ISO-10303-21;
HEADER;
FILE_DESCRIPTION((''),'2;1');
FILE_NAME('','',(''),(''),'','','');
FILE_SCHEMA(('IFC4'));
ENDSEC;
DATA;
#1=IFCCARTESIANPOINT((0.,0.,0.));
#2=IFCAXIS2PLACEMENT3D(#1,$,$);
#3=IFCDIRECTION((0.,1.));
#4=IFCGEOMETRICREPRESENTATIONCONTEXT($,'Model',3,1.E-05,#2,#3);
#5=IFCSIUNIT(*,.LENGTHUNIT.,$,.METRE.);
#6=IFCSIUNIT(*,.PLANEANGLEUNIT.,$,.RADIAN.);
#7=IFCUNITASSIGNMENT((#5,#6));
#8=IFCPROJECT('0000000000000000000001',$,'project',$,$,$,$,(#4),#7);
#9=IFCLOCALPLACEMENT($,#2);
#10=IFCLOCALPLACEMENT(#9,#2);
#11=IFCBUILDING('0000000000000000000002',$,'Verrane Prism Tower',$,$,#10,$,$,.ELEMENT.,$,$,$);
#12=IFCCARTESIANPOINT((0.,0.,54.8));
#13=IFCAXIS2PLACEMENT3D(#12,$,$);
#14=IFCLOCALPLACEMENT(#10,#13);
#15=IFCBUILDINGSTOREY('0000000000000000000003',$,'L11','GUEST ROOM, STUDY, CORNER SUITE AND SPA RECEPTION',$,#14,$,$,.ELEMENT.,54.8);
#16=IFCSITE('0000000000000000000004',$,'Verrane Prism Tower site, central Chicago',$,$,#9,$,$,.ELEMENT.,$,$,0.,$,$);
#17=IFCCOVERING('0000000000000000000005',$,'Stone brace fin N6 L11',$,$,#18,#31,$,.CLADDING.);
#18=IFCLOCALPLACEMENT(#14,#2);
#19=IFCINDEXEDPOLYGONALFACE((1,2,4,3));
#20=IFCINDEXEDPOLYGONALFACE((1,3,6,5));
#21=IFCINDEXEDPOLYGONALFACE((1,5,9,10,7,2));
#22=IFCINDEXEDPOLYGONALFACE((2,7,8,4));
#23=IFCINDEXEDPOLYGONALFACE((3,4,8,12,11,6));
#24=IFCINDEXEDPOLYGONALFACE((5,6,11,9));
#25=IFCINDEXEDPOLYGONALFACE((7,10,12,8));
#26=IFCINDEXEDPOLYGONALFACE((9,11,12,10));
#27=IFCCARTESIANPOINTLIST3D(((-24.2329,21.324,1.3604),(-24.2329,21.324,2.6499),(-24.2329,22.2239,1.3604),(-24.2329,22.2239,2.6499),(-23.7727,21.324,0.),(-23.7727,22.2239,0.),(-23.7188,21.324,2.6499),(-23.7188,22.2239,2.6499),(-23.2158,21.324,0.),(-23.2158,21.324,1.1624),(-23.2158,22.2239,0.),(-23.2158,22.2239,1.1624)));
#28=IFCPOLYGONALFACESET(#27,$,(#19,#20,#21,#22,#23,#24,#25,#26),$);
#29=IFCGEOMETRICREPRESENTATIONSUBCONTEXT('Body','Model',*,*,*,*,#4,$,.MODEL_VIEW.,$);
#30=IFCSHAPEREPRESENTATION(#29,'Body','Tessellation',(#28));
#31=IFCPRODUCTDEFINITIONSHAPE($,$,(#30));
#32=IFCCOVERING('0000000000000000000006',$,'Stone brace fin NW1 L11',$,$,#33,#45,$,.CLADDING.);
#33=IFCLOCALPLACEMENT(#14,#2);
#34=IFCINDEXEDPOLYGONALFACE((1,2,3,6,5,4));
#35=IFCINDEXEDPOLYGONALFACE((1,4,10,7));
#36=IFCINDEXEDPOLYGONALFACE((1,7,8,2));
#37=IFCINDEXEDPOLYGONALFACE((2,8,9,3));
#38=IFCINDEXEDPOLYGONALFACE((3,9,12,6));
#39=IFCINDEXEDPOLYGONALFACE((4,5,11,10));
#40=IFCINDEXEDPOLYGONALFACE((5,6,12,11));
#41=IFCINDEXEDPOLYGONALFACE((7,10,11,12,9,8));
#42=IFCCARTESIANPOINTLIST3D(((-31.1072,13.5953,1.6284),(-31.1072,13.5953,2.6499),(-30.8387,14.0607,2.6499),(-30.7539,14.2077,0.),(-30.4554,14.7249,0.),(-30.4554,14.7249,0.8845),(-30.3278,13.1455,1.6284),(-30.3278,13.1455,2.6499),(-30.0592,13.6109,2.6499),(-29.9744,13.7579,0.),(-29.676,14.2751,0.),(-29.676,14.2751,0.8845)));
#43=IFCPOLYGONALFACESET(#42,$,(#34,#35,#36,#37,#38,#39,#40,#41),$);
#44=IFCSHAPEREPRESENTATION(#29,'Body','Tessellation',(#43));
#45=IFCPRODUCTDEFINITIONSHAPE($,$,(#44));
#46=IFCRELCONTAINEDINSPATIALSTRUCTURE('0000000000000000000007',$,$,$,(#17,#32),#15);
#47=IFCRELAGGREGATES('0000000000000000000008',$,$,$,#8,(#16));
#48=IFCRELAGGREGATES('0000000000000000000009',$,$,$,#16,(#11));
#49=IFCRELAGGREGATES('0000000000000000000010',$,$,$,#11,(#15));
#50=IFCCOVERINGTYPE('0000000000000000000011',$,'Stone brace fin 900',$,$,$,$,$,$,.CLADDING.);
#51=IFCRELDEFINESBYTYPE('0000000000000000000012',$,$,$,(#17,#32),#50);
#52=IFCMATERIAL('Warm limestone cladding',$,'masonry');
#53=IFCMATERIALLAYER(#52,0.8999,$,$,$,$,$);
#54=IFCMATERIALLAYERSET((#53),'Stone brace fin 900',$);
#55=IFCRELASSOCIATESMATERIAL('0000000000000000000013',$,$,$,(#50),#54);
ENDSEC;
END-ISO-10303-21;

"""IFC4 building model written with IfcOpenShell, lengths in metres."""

from ifc_helpers import new_model, si_unit, direction, frame, origin, place, context, subcontext, project, spatial, polyline, outline, extrude, material, layer, layer_set, type_object, element, save


model = new_model("IFC4")

# Units and contexts
model_context = context("Model", 3, precision=1e-05, world=origin(), true_north=direction((0.0, 1.0)))
body_context = subcontext(model_context, "Body", "Model", "MODEL_VIEW")
ifc_project = project(units=[si_unit("LENGTHUNIT", "METRE"), si_unit("PLANEANGLEUNIT", "RADIAN")], contexts=[model_context])

# Site, building, storey
site_placement = place(None, origin())
site = spatial("IfcSite", under=ifc_project, at=site_placement, Name="Verrane Prism Tower site, central Chicago", CompositionType="ELEMENT", RefElevation=0.0)
building_placement = place(site_placement, origin())
building = spatial("IfcBuilding", under=site, at=building_placement, Name="Verrane Prism Tower", CompositionType="ELEMENT")
storey_placement = place(building_placement, frame((0.0, 0.0, 54.8)))
storey = spatial("IfcBuildingStorey", under=building, at=storey_placement, Name="L11", Description="GUEST ROOM, STUDY, CORNER SUITE AND SPA RECEPTION", CompositionType="ELEMENT", Elevation=54.8)

# Coverings
ifc_material_1 = material(Name="Warm limestone cladding", Category="masonry")
ifc_layer_1 = layer(ifc_material_1, 0.8999)
ifc_layer_set_1 = layer_set([ifc_layer_1], Name="Stone brace fin 900")
covering_type = type_object("IfcCoveringType", Name="Stone brace fin 900", PredefinedType="CLADDING", material=ifc_layer_set_1)
covering_1_placement = place(storey_placement, frame((-23.2158, 21.7739, 0.0), z_axis=(0.0, 0.0, 1.0), x_axis=(-1.0, 0.0, 0.0)))
element("IfcCovering", 1, at=covering_1_placement, inside=storey, type_object=covering_type, Name="Stone brace fin N6 L11", PredefinedType="CLADDING", context=body_context, shape_type="SweptSolid", body=[
    extrude(outline(polyline([(1.0171, 2.6499), (0.5029, 2.6499), (0.0, 1.1624), (0.0, 0.0), (0.5569, 0.0), (1.0171, 1.3604), (1.0171, 2.6499)])), frame((0.0, 0.45, 0.0), z_axis=(0.0, -1.0, 0.0), x_axis=(1.0, 0.0, 0.0)), (0.0, 0.0, 1.0), 0.8999),
])
covering_2_placement = place(storey_placement, frame((-30.0657, 14.5, 0.0), z_axis=(0.0, 0.0, 1.0), x_axis=(-0.499803, -0.866139, 0.0)))
element("IfcCovering", 2, at=covering_2_placement, inside=storey, type_object=covering_type, Name="Stone brace fin NW1 L11", PredefinedType="CLADDING", context=body_context, shape_type="SweptSolid", body=[
    extrude(outline(polyline([(1.3042, 2.6499), (0.7668, 2.6499), (0.0, 0.8845), (0.0, 0.0), (0.5972, 0.0), (1.3042, 1.6284), (1.3042, 2.6499)])), frame((0.0, 0.45, 0.0), z_axis=(0.0, -1.0, 0.0), x_axis=(1.0, 0.0, 0.0)), (0.0, 0.0, 1.0), 0.8999),
])

save(model, "model.ifc")
